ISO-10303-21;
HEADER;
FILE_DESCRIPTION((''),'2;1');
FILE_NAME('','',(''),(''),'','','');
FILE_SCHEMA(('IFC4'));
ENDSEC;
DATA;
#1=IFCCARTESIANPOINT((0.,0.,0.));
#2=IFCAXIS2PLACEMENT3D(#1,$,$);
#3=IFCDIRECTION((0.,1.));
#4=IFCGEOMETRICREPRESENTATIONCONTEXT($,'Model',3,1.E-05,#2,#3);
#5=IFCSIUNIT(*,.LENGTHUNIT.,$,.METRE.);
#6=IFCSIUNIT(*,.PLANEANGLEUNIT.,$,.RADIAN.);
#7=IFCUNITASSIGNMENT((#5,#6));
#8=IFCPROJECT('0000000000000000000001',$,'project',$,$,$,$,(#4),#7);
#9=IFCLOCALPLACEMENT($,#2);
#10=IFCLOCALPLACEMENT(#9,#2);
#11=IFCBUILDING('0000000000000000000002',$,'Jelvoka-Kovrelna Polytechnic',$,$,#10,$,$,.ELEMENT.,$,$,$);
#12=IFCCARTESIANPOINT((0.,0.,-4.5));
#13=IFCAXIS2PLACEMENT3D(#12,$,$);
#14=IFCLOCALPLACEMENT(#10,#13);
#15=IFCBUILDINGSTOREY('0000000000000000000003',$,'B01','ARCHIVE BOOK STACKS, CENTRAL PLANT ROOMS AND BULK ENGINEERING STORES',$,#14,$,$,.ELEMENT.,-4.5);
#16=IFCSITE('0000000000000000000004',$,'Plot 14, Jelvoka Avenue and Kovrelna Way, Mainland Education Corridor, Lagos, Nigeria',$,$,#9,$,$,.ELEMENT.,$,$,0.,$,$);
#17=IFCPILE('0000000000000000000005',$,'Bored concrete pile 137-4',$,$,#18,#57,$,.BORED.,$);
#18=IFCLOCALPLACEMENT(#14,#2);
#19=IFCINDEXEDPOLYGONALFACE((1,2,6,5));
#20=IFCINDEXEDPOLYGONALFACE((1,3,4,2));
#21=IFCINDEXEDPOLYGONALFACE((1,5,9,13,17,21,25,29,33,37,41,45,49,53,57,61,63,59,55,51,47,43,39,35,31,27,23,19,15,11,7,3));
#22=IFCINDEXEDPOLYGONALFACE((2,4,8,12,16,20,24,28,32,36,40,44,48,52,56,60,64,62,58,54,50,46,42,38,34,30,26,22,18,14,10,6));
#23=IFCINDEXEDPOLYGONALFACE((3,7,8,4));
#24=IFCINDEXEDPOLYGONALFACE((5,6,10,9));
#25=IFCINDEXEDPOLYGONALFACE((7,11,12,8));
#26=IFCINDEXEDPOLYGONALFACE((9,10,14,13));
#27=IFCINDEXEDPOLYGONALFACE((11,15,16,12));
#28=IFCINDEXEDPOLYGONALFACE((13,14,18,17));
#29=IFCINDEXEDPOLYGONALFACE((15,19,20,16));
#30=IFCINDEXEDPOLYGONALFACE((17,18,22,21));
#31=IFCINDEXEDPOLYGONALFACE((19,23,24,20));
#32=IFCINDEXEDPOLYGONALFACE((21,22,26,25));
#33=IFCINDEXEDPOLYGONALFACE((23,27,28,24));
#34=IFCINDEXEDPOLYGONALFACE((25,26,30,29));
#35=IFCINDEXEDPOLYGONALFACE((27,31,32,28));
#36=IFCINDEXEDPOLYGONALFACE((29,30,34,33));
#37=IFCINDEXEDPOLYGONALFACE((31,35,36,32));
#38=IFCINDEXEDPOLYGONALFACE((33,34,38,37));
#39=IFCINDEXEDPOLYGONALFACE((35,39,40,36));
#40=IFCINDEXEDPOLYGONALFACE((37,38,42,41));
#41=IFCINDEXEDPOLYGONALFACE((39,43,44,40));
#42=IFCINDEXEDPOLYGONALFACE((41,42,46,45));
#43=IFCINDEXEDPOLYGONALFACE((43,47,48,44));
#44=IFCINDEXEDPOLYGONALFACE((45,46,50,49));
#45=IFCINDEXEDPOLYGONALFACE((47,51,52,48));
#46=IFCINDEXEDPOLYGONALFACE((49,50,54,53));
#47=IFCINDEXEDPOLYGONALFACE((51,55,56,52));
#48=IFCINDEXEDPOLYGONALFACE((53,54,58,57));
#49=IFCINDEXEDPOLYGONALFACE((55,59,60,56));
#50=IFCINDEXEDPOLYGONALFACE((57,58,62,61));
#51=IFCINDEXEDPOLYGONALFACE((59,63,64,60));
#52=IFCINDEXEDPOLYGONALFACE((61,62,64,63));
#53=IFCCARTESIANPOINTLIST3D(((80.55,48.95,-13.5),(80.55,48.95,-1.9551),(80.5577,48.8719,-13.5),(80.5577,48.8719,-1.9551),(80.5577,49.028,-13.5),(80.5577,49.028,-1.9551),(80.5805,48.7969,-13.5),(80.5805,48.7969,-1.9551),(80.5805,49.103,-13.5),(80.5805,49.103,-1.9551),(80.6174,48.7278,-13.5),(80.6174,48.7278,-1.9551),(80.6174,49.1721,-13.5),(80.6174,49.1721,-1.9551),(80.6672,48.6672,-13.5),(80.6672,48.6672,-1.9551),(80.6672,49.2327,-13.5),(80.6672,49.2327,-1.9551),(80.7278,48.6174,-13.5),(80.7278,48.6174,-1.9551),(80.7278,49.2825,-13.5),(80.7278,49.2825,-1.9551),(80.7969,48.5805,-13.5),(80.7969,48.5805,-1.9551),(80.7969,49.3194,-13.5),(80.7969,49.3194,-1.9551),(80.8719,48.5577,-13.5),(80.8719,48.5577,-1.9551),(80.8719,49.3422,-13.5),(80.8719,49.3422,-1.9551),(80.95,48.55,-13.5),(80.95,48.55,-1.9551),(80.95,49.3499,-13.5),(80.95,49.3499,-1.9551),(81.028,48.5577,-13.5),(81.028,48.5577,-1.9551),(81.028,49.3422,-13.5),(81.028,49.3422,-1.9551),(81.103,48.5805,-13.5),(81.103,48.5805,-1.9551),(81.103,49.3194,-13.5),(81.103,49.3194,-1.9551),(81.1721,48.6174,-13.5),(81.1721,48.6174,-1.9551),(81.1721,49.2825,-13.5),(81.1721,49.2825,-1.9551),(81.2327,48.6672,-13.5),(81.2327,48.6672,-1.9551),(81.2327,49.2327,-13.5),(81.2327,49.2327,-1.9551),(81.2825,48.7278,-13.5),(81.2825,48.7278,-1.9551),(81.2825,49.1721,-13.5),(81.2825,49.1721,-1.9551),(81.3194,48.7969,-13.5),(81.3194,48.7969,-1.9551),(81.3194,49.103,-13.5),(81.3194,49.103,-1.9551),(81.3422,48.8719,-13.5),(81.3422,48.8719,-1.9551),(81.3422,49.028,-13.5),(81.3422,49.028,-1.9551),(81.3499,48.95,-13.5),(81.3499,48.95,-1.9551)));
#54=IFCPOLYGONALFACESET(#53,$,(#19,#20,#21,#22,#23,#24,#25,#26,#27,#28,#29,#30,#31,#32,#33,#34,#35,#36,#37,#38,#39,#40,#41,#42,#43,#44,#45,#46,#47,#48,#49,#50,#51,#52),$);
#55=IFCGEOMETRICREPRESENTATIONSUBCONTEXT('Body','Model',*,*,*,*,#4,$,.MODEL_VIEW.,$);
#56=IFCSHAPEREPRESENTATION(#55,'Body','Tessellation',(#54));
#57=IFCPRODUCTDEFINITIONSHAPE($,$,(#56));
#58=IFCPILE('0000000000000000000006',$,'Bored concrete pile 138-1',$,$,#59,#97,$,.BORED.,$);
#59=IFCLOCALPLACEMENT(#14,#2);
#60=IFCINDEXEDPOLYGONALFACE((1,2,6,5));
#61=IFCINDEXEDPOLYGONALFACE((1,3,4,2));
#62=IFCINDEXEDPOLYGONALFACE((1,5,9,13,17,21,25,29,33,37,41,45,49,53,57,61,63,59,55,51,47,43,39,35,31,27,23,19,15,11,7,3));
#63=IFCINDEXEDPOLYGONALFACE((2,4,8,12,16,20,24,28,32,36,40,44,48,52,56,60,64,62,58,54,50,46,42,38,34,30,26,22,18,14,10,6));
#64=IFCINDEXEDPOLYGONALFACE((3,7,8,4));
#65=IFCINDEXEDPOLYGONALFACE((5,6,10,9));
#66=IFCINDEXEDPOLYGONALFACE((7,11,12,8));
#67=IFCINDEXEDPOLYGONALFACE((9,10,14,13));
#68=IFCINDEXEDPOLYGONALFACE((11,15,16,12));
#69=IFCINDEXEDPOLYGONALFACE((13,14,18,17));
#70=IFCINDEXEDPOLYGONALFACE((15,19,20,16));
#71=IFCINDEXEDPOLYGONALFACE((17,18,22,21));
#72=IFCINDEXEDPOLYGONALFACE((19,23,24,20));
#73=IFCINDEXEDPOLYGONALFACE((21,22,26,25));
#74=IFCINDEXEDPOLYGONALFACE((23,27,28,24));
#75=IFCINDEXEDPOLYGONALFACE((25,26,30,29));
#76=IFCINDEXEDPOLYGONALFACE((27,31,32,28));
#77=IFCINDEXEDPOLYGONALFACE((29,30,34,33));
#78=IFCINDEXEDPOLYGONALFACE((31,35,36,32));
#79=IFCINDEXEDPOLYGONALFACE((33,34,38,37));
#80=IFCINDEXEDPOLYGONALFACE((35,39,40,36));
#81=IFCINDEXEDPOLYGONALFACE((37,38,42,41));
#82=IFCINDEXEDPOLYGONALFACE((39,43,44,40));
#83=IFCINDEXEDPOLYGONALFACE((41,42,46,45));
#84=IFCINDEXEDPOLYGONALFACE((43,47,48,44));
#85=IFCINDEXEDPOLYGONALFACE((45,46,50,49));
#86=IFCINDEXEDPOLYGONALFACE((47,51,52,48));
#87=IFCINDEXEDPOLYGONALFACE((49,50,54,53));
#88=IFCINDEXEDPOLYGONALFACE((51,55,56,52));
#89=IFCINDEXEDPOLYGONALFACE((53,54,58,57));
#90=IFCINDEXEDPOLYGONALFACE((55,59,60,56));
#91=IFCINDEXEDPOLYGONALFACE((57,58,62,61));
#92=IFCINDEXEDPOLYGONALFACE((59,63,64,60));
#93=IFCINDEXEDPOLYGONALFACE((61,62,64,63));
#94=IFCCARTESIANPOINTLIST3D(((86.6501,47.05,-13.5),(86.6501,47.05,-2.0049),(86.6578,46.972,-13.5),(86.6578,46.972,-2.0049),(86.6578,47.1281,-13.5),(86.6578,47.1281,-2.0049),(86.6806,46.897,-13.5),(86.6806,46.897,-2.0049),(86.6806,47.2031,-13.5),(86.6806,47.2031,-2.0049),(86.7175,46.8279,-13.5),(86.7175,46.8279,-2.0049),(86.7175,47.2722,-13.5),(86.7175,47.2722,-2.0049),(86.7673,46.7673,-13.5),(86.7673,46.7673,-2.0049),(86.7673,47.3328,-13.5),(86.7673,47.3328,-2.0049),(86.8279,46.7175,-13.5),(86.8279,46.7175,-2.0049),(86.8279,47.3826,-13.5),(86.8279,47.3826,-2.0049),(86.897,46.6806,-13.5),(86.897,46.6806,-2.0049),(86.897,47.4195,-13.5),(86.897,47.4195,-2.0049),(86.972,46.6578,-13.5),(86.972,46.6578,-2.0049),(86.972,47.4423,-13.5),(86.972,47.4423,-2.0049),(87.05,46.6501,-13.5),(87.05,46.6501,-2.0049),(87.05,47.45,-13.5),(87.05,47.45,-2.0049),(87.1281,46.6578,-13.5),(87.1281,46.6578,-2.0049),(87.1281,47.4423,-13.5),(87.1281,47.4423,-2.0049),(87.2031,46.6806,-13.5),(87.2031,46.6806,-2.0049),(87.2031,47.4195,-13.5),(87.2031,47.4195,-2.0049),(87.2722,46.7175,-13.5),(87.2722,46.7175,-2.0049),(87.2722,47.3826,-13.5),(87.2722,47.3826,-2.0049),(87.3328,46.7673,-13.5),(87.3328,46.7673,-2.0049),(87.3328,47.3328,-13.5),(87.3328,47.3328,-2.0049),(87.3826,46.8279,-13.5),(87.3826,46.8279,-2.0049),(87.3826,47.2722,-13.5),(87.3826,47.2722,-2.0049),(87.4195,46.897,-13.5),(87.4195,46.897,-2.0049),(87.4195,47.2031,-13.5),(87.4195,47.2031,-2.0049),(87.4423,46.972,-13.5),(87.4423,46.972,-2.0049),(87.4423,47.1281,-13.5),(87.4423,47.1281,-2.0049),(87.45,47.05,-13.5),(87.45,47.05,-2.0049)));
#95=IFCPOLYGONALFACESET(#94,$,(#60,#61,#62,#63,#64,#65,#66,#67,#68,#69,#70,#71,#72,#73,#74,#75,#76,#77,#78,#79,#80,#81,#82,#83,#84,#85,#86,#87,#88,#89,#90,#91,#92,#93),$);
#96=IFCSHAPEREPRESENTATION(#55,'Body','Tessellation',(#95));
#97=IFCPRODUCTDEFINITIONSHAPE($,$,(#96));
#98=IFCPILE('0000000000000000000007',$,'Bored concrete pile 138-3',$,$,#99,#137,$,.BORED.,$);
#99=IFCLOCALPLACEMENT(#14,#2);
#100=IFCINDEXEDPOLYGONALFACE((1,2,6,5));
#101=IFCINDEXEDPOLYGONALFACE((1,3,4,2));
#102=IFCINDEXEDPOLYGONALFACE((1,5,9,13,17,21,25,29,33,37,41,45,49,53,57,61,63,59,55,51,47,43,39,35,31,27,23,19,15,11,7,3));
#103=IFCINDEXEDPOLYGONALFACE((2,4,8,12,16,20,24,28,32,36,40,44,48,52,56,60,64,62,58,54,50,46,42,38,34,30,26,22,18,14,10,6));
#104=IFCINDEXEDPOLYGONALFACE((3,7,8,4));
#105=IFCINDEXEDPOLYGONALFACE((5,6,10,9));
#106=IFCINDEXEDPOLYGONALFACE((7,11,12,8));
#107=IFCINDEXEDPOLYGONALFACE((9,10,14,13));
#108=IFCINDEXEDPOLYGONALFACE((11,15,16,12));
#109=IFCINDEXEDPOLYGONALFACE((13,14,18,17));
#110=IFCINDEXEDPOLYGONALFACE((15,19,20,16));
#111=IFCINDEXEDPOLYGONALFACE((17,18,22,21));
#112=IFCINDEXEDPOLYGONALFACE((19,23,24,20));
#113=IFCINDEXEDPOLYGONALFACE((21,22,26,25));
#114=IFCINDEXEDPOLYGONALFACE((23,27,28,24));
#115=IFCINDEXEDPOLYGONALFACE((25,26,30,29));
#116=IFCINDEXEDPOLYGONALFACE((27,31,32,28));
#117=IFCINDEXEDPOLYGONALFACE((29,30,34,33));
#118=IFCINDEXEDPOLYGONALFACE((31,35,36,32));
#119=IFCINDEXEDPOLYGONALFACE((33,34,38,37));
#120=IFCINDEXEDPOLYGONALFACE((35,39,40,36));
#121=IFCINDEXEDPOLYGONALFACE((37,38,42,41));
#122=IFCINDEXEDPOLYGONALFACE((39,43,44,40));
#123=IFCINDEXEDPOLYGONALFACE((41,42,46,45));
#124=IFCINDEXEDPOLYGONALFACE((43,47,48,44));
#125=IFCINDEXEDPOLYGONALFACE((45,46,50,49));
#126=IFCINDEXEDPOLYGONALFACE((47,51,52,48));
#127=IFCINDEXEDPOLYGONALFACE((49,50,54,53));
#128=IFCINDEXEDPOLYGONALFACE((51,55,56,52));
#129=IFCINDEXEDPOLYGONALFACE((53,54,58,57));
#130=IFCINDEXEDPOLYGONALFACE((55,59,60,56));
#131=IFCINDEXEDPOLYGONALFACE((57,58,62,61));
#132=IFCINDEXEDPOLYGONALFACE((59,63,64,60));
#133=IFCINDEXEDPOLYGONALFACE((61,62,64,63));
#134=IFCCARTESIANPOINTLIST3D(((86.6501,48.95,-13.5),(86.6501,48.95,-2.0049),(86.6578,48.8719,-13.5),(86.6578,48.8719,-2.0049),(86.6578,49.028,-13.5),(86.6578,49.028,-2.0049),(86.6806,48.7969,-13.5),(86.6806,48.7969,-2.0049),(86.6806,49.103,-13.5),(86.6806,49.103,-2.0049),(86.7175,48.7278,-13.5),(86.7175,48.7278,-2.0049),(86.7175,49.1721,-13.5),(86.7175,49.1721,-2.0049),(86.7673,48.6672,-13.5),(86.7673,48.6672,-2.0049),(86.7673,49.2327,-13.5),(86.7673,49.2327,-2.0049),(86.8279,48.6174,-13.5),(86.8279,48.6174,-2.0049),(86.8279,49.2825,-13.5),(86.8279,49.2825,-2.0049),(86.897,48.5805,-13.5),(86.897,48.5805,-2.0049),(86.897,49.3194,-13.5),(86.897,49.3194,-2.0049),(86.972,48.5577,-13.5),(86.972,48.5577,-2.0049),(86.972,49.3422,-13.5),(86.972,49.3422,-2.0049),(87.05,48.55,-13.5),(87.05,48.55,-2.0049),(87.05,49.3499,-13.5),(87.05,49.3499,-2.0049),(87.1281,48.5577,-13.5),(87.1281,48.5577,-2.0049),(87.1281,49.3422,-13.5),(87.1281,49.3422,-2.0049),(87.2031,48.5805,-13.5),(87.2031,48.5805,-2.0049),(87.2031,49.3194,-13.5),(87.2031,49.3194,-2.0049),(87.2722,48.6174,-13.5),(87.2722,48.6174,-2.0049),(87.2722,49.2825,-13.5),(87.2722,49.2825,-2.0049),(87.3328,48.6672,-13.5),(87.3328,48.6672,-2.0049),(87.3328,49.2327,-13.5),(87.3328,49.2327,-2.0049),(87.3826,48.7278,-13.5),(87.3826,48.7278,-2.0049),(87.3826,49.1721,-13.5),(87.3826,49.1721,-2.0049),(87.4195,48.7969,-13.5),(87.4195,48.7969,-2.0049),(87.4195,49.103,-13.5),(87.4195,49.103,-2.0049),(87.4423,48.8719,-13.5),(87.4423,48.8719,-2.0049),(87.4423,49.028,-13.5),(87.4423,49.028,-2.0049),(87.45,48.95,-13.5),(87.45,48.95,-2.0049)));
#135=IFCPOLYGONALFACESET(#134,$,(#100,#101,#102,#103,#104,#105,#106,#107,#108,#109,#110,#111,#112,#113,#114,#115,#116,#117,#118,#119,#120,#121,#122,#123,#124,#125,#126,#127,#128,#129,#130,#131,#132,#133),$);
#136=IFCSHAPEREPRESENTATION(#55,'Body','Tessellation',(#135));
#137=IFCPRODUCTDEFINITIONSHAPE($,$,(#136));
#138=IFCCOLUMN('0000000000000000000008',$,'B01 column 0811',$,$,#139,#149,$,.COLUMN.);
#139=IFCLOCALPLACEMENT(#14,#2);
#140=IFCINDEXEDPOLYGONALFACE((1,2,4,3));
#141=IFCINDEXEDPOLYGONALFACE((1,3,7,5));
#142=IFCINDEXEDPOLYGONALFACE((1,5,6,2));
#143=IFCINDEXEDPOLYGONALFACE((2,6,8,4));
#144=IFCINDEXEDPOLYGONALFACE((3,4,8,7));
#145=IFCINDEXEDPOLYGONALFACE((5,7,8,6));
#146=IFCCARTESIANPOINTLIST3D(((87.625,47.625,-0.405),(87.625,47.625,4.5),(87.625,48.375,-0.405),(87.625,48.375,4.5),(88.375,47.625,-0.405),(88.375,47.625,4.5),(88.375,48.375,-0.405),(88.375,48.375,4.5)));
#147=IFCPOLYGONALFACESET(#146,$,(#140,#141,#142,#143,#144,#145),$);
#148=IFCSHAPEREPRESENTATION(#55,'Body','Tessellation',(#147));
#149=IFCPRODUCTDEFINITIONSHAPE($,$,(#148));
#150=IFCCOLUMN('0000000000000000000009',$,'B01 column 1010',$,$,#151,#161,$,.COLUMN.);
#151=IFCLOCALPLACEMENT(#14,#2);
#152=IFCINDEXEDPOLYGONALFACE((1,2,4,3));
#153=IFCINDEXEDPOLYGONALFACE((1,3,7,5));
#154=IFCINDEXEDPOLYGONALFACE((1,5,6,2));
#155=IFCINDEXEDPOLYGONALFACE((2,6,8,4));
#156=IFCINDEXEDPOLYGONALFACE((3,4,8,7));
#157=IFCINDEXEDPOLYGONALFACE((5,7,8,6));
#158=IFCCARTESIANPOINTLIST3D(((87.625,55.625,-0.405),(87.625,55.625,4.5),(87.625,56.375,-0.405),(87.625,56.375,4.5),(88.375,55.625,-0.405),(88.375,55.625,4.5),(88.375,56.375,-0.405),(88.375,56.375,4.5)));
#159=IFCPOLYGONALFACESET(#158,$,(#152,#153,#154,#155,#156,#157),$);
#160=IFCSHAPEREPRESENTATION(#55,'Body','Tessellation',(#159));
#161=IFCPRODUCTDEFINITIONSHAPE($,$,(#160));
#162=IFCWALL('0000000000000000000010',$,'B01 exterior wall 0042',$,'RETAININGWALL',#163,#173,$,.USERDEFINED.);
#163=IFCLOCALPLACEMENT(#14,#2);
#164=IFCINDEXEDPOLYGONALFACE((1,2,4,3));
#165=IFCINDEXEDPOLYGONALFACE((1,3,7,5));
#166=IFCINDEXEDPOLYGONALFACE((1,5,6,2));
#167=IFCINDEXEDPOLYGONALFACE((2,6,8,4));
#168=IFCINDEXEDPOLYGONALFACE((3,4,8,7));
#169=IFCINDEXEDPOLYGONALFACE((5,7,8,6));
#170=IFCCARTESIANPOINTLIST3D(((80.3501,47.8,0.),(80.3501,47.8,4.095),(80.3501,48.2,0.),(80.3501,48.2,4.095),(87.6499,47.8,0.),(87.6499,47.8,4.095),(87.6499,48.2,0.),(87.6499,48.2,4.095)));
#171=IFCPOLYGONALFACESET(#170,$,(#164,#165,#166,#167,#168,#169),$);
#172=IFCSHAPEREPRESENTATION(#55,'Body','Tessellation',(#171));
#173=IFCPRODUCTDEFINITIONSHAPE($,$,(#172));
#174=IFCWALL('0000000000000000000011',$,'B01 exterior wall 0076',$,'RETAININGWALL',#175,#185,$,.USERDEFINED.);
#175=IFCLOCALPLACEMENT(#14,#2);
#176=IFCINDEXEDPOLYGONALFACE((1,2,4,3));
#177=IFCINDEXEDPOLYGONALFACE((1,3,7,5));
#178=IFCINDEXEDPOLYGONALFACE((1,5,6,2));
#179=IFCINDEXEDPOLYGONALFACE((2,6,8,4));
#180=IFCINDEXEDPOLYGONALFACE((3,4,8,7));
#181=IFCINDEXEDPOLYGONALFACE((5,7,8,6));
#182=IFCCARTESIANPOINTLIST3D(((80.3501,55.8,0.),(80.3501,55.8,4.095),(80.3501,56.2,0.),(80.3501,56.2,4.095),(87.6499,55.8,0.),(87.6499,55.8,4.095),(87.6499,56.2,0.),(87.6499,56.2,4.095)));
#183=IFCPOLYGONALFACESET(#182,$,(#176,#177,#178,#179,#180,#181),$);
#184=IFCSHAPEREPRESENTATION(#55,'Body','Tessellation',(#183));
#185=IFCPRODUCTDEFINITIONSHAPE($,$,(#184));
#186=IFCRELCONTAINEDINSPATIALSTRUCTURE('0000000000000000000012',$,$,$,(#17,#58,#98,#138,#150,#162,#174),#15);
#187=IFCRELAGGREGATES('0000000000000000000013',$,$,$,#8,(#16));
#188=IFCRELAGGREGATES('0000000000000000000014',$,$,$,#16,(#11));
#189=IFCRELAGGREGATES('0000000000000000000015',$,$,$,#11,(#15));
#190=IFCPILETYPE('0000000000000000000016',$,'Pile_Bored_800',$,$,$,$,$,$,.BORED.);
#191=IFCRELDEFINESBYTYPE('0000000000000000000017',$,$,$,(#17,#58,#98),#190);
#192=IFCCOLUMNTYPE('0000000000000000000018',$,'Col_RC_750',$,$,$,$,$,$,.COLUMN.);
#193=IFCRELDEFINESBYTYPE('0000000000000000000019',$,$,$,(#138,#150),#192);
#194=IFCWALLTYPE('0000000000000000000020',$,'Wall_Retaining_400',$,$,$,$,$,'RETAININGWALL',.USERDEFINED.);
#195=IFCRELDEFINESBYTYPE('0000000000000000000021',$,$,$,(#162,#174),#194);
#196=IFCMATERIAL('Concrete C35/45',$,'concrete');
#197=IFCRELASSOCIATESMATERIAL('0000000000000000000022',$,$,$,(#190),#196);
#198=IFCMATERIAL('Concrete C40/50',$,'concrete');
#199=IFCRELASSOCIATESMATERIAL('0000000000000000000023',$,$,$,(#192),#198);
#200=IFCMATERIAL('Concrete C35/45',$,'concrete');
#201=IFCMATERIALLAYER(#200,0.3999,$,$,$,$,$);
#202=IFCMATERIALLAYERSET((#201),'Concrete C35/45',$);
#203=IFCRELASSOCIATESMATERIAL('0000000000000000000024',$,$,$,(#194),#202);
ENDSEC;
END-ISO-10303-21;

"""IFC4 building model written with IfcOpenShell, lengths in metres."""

from ifc_helpers import new_model, si_unit, direction, frame, frame_2d, origin, origin_2d, place, context, subcontext, project, spatial, rectangle, circle, extrude, material, layer, layer_set, material_profile, profile_set, type_object, element, save


model = new_model("IFC4")

# Units and contexts
model_context = context("Model", 3, precision=1e-05, world=origin(), true_north=direction((0.0, 1.0)))
body_context = subcontext(model_context, "Body", "Model", "MODEL_VIEW")
ifc_project = project(units=[si_unit("LENGTHUNIT", "METRE"), si_unit("PLANEANGLEUNIT", "RADIAN")], contexts=[model_context])

# Site, building, storey
site_placement = place(None, origin())
site = spatial("IfcSite", under=ifc_project, at=site_placement, Name="Plot 14, Jelvoka Avenue and Kovrelna Way, Mainland Education Corridor, Lagos, Nigeria", CompositionType="ELEMENT", RefElevation=0.0)
building_placement = place(site_placement, origin())
building = spatial("IfcBuilding", under=site, at=building_placement, Name="Jelvoka-Kovrelna Polytechnic", CompositionType="ELEMENT")
storey_placement = place(building_placement, frame((0.0, 0.0, -4.5)))
storey = spatial("IfcBuildingStorey", under=building, at=storey_placement, Name="B01", Description="ARCHIVE BOOK STACKS, CENTRAL PLANT ROOMS AND BULK ENGINEERING STORES", CompositionType="ELEMENT", Elevation=-4.5)

# Piles
ifc_material_1 = material(Name="Concrete C35/45", Category="concrete")
ifc_material_profile_1 = material_profile(ifc_material_1, circle(Radius=0.3999, at=origin_2d()), Name="PILE D800")
ifc_profile_set_1 = profile_set([ifc_material_profile_1], Name="Concrete C35/45")
pile_type_1 = type_object("IfcPileType", Name="Pile_Bored_800", PredefinedType="BORED", material=ifc_profile_set_1)
for number, where, z_axis, x_axis, name in (
    (1, (80.95, 48.95, -1.9551), (0.0, 0.0, -1.0), (1.0, 0.0, 0.0), "Bored concrete pile 137-4"),
):
    element("IfcPile", number, at=place(storey_placement, frame(where, z_axis=z_axis, x_axis=x_axis)), inside=storey, type_object=pile_type_1, Name=name, PredefinedType="BORED", context=body_context, shape_type="SweptSolid", body=[
        extrude(circle(Radius=0.3999, at=origin_2d()), origin(), (0.0, 0.0, 1.0), 11.5449),
    ])
for number, where, z_axis, x_axis, name in (
    (2, (87.05, 47.05, -2.0049), (0.0, 0.0, -1.0), (1.0, 0.0, 0.0), "Bored concrete pile 138-1"),
    (3, (87.05, 48.95, -2.0049), (0.0, 0.0, -1.0), (1.0, 0.0, 0.0), "Bored concrete pile 138-3"),
):
    element("IfcPile", number, at=place(storey_placement, frame(where, z_axis=z_axis, x_axis=x_axis)), inside=storey, type_object=pile_type_1, Name=name, PredefinedType="BORED", context=body_context, shape_type="SweptSolid", body=[
        extrude(circle(Radius=0.3999, at=origin_2d()), origin(), (0.0, 0.0, 1.0), 11.4951),
    ])

# Columns
ifc_material_2 = material(Name="Concrete C40/50", Category="concrete")
ifc_material_profile_2 = material_profile(ifc_material_2, rectangle(XDim=0.75, YDim=0.75, at=origin_2d()), Name="RC 750x750")
ifc_profile_set_2 = profile_set([ifc_material_profile_2], Name="Concrete C40/50")
column_type = type_object("IfcColumnType", Name="Col_RC_750", PredefinedType="COLUMN", material=ifc_profile_set_2)
for number, where, z_axis, x_axis, name in (
    (4, (88.0, 48.0, -0.405), (0.0, 0.0, 1.0), (1.0, 0.0, 0.0), "B01 column 0811"),
    (5, (88.0, 56.0, -0.405), (0.0, 0.0, 1.0), (1.0, 0.0, 0.0), "B01 column 1010"),
):
    element("IfcColumn", number, at=place(storey_placement, frame(where, z_axis=z_axis, x_axis=x_axis)), inside=storey, type_object=column_type, Name=name, PredefinedType="COLUMN", context=body_context, shape_type="SweptSolid", body=[
        extrude(rectangle(XDim=0.75, YDim=0.75, at=origin_2d()), origin(), (0.0, 0.0, 1.0), 4.905),
    ])

# Walls
ifc_material_3 = material(Name="Concrete C35/45", Category="concrete")
ifc_layer = layer(ifc_material_3, 0.3999)
ifc_layer_set = layer_set([ifc_layer], Name="Concrete C35/45")
wall_type = type_object("IfcWallType", Name="Wall_Retaining_400", ElementType="RETAININGWALL", PredefinedType="USERDEFINED", material=ifc_layer_set)
for number, where, z_axis, x_axis, name in (
    (6, (80.3501, 48.0, 0.0), (0.0, 0.0, 1.0), (1.0, 0.0, 0.0), "B01 exterior wall 0042"),
    (7, (87.6499, 56.0, 0.0), (0.0, 0.0, 1.0), (-1.0, 0.0, 0.0), "B01 exterior wall 0076"),
):
    element("IfcWall", number, at=place(storey_placement, frame(where, z_axis=z_axis, x_axis=x_axis)), inside=storey, type_object=wall_type, Name=name, ObjectType="RETAININGWALL", PredefinedType="USERDEFINED", context=body_context, shape_type="SweptSolid", body=[
        extrude(rectangle(XDim=7.2998, YDim=0.3999, at=frame_2d((3.6499, 0.0))), origin(), (0.0, 0.0, 1.0), 4.095),
    ])

save(model, "model.ifc")
